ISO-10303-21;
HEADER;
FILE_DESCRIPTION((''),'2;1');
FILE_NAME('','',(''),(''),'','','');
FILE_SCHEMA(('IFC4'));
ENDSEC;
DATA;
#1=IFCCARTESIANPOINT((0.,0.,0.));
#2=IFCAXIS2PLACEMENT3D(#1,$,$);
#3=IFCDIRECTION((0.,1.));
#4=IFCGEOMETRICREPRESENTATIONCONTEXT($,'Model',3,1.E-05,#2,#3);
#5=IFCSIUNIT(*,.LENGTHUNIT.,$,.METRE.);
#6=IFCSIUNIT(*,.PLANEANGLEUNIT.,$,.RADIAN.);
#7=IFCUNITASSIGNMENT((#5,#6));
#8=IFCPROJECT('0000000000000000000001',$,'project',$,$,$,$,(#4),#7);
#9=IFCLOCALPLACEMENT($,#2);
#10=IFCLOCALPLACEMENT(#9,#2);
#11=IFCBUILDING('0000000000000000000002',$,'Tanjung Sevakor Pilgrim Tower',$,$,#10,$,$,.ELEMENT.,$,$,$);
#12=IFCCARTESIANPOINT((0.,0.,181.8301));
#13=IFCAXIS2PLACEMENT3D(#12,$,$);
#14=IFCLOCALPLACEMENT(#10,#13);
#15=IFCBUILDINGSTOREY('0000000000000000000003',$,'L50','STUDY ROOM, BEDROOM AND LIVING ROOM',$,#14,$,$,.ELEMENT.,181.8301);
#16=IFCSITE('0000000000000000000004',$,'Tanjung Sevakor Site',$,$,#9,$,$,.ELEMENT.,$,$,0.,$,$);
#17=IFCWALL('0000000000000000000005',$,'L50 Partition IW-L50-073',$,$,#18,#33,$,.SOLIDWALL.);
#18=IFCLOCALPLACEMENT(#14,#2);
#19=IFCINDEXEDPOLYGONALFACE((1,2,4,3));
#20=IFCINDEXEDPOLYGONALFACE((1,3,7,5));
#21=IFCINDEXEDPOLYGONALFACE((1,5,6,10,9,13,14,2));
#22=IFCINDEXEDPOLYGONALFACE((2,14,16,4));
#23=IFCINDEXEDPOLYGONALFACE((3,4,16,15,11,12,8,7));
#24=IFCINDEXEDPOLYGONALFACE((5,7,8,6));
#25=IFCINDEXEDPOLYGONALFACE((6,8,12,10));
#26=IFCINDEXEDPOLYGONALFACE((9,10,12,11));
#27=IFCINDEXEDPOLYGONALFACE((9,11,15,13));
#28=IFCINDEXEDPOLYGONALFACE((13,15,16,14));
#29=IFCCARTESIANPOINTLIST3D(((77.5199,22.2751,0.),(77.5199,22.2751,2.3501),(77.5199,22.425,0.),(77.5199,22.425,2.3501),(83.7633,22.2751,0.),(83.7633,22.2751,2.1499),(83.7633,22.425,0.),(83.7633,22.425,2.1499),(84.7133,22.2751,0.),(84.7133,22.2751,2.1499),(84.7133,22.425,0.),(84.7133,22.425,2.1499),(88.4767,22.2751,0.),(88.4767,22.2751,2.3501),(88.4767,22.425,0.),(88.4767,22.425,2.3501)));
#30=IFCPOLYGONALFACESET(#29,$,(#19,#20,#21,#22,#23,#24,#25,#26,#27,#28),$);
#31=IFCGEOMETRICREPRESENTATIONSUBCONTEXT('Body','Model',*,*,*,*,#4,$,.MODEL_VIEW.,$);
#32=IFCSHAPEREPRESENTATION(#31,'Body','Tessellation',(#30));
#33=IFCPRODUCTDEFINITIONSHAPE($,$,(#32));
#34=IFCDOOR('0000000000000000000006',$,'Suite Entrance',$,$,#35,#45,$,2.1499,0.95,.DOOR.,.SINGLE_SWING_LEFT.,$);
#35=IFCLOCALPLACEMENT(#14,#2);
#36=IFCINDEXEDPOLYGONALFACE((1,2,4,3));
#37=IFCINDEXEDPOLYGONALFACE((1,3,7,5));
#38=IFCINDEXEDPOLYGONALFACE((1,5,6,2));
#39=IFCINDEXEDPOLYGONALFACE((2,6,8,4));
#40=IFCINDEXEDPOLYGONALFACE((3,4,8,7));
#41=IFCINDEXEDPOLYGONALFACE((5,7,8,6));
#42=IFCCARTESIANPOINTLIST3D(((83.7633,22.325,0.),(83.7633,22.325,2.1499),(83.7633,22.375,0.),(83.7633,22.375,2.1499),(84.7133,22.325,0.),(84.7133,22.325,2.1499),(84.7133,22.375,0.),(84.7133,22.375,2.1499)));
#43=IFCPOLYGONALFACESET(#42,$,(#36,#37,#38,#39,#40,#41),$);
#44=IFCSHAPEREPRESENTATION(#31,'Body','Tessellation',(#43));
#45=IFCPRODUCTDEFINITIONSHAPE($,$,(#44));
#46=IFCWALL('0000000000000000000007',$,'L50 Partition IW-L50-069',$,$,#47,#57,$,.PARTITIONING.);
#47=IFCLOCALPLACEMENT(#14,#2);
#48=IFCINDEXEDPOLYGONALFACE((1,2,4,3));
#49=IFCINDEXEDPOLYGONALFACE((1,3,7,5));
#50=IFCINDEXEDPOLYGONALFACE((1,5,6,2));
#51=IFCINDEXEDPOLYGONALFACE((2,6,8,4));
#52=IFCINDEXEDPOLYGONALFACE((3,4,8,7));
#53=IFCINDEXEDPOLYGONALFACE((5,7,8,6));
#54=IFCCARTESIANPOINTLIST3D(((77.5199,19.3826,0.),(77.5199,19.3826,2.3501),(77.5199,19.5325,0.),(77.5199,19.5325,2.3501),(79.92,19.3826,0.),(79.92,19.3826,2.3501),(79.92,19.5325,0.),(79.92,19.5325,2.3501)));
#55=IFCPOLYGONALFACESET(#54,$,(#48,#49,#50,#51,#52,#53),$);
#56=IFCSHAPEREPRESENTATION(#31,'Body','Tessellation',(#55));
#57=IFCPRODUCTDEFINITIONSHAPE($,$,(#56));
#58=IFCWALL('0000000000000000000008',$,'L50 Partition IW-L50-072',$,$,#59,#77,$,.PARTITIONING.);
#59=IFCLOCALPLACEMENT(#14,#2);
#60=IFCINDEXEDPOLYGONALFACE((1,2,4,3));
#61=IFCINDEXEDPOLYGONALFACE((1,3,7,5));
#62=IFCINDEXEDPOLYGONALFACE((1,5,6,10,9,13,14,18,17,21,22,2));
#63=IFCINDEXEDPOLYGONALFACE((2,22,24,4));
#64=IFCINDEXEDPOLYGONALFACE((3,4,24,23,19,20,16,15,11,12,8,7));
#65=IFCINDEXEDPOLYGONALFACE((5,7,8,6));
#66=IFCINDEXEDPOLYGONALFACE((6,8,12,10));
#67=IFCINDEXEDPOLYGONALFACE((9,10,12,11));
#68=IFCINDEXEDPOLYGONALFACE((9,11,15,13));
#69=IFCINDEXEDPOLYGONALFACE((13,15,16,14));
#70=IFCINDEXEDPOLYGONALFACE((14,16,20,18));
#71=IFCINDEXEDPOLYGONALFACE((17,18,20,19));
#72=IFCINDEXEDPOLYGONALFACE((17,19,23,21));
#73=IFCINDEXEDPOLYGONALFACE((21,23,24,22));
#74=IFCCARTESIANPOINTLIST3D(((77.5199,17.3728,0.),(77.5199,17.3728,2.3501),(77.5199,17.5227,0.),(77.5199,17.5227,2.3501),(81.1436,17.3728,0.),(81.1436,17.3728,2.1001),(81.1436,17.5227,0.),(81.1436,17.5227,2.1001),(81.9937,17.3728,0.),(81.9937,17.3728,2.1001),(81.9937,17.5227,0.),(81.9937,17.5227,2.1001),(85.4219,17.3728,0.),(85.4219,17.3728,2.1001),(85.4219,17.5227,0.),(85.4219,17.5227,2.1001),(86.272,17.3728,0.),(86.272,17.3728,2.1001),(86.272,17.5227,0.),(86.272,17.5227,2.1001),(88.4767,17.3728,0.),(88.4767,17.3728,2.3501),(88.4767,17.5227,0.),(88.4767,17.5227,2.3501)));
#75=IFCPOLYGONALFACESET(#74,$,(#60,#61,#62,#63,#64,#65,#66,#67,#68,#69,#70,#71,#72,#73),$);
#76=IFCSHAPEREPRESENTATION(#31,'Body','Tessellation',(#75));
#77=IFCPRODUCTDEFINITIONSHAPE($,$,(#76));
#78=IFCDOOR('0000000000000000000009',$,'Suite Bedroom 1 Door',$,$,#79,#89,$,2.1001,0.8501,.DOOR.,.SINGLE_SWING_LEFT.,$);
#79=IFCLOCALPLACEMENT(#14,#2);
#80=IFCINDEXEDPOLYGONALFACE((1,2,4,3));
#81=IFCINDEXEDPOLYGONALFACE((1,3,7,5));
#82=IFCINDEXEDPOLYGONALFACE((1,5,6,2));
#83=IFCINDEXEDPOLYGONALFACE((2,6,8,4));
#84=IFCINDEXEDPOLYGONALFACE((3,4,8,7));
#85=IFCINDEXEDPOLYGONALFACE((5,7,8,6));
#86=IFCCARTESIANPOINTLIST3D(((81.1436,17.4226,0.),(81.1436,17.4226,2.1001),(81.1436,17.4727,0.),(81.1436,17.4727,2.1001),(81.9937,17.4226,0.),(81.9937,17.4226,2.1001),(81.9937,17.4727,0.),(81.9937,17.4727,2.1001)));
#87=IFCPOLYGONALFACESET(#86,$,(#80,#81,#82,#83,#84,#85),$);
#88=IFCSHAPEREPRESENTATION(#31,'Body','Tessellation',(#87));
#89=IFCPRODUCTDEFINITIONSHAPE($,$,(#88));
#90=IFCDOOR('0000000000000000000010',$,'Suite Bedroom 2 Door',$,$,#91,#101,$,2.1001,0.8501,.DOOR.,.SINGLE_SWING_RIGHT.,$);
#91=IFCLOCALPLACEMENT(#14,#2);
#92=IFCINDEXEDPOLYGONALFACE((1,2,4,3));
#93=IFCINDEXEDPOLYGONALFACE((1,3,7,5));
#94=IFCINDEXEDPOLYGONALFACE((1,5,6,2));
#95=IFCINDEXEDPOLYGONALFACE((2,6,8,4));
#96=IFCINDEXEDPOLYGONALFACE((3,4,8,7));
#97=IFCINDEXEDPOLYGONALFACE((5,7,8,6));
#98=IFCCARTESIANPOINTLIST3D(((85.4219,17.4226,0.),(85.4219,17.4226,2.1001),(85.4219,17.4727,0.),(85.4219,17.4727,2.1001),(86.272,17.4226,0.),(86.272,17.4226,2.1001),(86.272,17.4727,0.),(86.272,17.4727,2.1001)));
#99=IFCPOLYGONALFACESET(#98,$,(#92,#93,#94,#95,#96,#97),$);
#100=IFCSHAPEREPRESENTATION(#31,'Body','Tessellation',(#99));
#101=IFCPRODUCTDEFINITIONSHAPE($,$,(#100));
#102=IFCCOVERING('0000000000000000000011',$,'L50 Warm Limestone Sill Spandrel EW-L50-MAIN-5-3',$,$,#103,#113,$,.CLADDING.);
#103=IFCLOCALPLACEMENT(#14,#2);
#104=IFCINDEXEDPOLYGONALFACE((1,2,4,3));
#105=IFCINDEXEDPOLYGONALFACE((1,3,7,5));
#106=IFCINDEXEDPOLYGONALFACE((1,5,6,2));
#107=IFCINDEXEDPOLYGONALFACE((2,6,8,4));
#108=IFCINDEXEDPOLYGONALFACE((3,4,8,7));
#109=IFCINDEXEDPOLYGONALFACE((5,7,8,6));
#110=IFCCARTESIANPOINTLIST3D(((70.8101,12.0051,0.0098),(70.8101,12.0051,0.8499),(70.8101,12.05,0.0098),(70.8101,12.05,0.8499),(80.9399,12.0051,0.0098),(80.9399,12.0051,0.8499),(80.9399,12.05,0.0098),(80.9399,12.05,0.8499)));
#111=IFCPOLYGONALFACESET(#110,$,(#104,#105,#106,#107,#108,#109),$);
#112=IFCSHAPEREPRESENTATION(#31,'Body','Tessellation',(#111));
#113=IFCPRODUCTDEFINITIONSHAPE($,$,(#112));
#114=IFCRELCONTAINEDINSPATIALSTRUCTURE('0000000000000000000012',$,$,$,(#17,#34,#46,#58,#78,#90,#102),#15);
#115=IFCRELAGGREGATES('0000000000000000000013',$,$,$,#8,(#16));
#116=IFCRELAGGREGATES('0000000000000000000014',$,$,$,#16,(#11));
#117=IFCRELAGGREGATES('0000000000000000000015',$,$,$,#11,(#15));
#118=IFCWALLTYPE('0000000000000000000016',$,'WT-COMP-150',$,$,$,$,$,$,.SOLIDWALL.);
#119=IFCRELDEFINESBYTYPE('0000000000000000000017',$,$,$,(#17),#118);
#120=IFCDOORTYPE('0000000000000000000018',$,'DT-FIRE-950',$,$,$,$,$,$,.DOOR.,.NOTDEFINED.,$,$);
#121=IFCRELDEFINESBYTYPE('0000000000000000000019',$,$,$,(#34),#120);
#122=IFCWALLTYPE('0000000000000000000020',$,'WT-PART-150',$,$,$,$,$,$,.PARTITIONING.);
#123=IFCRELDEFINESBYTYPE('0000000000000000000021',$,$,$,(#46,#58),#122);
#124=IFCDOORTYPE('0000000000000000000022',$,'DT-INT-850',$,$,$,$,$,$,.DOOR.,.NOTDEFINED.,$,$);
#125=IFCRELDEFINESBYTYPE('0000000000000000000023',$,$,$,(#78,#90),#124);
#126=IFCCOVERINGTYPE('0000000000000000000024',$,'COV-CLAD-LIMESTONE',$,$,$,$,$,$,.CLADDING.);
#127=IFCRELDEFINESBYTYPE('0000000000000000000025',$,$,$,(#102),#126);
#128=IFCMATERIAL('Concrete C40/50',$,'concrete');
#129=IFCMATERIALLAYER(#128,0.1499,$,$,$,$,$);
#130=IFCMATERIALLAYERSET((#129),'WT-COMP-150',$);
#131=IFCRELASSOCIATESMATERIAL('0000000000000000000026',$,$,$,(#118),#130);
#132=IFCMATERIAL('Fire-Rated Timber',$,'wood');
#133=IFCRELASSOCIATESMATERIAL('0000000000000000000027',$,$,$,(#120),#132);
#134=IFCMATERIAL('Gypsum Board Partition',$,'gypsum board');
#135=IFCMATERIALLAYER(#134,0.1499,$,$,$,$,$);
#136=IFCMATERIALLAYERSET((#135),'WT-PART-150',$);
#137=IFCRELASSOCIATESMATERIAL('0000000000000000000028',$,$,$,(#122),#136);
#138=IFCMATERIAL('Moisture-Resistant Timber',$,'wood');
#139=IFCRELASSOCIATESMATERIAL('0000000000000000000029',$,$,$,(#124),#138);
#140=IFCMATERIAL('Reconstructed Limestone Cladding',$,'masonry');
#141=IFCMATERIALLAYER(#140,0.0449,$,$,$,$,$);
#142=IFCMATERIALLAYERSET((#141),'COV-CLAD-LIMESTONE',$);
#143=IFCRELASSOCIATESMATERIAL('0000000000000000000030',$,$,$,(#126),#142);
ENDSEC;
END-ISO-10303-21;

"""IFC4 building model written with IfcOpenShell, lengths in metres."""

from ifc_helpers import new_model, si_unit, direction, frame, frame_2d, origin, origin_2d, place, context, subcontext, project, spatial, rectangle, extrude, material, layer, layer_set, type_object, element, fill, save


model = new_model("IFC4")

# Units and contexts
model_context = context("Model", 3, precision=1e-05, world=origin(), true_north=direction((0.0, 1.0)))
body_context = subcontext(model_context, "Body", "Model", "MODEL_VIEW")
ifc_project = project(units=[si_unit("LENGTHUNIT", "METRE"), si_unit("PLANEANGLEUNIT", "RADIAN")], contexts=[model_context])

# Site, building, storey
site_placement = place(None, origin())
site = spatial("IfcSite", under=ifc_project, at=site_placement, Name="Tanjung Sevakor Site", CompositionType="ELEMENT", RefElevation=0.0)
building_placement = place(site_placement, origin())
building = spatial("IfcBuilding", under=site, at=building_placement, Name="Tanjung Sevakor Pilgrim Tower", CompositionType="ELEMENT")
storey_placement = place(building_placement, frame((0.0, 0.0, 181.8301)))
storey = spatial("IfcBuildingStorey", under=building, at=storey_placement, Name="L50", Description="STUDY ROOM, BEDROOM AND LIVING ROOM", CompositionType="ELEMENT", Elevation=181.8301)

# Shared definitions
ifc_material_1 = material(Name="Concrete C40/50", Category="concrete")
ifc_layer_1 = layer(ifc_material_1, 0.1499)
ifc_layer_set_1 = layer_set([ifc_layer_1], Name="WT-COMP-150")
wall_type_1 = type_object("IfcWallType", Name="WT-COMP-150", PredefinedType="SOLIDWALL", material=ifc_layer_set_1)

# Wall, opening, door
wall_1_placement = place(storey_placement, frame((77.5198, 22.3501, 0.0), z_axis=(0.0, 0.0, 1.0), x_axis=(1.0, 0.0, 0.0)))
wall_1 = element("IfcWall", 1, at=wall_1_placement, inside=storey, type_object=wall_type_1, Name="L50 Partition IW-L50-073", PredefinedType="SOLIDWALL", context=body_context, shape_type="SweptSolid", body=[
    extrude(rectangle(XDim=10.9568, YDim=0.1499, at=frame_2d((5.4785, 0.0))), origin(), (0.0, 0.0, 1.0), 2.3501),
])
opening_1_placement = place(wall_1_placement, frame((6.2434, 0.0, 0.0)))
opening_1 = element("IfcOpeningElement", 2, at=opening_1_placement, cuts=wall_1, PredefinedType="OPENING", context=body_context, shape_type="SweptSolid", body=[
    extrude(rectangle(XDim=0.95, YDim=2.1499, at=frame_2d((0.4751, 1.075))), frame((0.0, 0.085, 0.0), z_axis=(0.0, -1.0, 0.0), x_axis=(1.0, 0.0, 0.0)), (0.0, 0.0, 1.0), 0.1699),
])
ifc_material_2 = material(Name="Fire-Rated Timber", Category="wood")
door_type_1 = type_object("IfcDoorType", Name="DT-FIRE-950", OperationType="NOTDEFINED", PredefinedType="DOOR", material=ifc_material_2)
door_1_placement = place(opening_1_placement, origin())
door_1 = element("IfcDoor", 3, at=door_1_placement, inside=storey, type_object=door_type_1, Name="Suite Entrance", OperationType="SINGLE_SWING_LEFT", OverallHeight=2.1499, OverallWidth=0.95, PredefinedType="DOOR", context=body_context, shape_type="SweptSolid", body=[
    extrude(rectangle(XDim=0.95, YDim=2.1499, at=frame_2d((0.4751, 1.075))), frame((0.0, 0.0249, 0.0), z_axis=(0.0, -1.0, 0.0), x_axis=(1.0, 0.0, 0.0)), (0.0, 0.0, 1.0), 0.05),
])
fill(opening_1, door_1)

# Wall
ifc_material_3 = material(Name="Gypsum Board Partition", Category="gypsum board")
ifc_layer_2 = layer(ifc_material_3, 0.1499)
ifc_layer_set_2 = layer_set([ifc_layer_2], Name="WT-PART-150")
wall_type_2 = type_object("IfcWallType", Name="WT-PART-150", PredefinedType="PARTITIONING", material=ifc_layer_set_2)
wall_2_placement = place(storey_placement, frame((77.5198, 19.4575, 0.0), z_axis=(0.0, 0.0, 1.0), x_axis=(1.0, 0.0, 0.0)))
element("IfcWall", 4, at=wall_2_placement, inside=storey, type_object=wall_type_2, Name="L50 Partition IW-L50-069", PredefinedType="PARTITIONING", context=body_context, shape_type="SweptSolid", body=[
    extrude(rectangle(XDim=2.4001, YDim=0.1499, at=frame_2d((1.2002, 0.0))), origin(), (0.0, 0.0, 1.0), 2.3501),
])

# Wall, openings, doors
wall_3_placement = place(storey_placement, frame((77.5198, 17.4478, 0.0), z_axis=(0.0, 0.0, 1.0), x_axis=(1.0, 0.0, 0.0)))
wall_3 = element("IfcWall", 5, at=wall_3_placement, inside=storey, type_object=wall_type_2, Name="L50 Partition IW-L50-072", PredefinedType="PARTITIONING", context=body_context, shape_type="SweptSolid", body=[
    extrude(rectangle(XDim=10.9568, YDim=0.1499, at=frame_2d((5.4785, 0.0))), origin(), (0.0, 0.0, 1.0), 2.3501),
])
opening_2_placement = place(wall_3_placement, frame((3.6238, 0.0, 0.0)))
opening_2 = element("IfcOpeningElement", 6, at=opening_2_placement, cuts=wall_3, PredefinedType="OPENING", context=body_context, shape_type="SweptSolid", body=[
    extrude(rectangle(XDim=0.8501, YDim=2.1001, at=frame_2d((0.425, 1.05))), frame((0.0, 0.085, 0.0), z_axis=(0.0, -1.0, 0.0), x_axis=(1.0, 0.0, 0.0)), (0.0, 0.0, 1.0), 0.1699),
])
opening_3_placement = place(wall_3_placement, frame((7.9021, 0.0, 0.0)))
opening_3 = element("IfcOpeningElement", 7, at=opening_3_placement, cuts=wall_3, PredefinedType="OPENING", context=body_context, shape_type="SweptSolid", body=[
    extrude(rectangle(XDim=0.8501, YDim=2.1001, at=frame_2d((0.425, 1.05))), frame((0.0, 0.085, 0.0), z_axis=(0.0, -1.0, 0.0), x_axis=(1.0, 0.0, 0.0)), (0.0, 0.0, 1.0), 0.1699),
])
ifc_material_4 = material(Name="Moisture-Resistant Timber", Category="wood")
door_type_2 = type_object("IfcDoorType", Name="DT-INT-850", OperationType="NOTDEFINED", PredefinedType="DOOR", material=ifc_material_4)
door_2_placement = place(opening_2_placement, origin())
door_2 = element("IfcDoor", 8, at=door_2_placement, inside=storey, type_object=door_type_2, Name="Suite Bedroom 1 Door", OperationType="SINGLE_SWING_LEFT", OverallHeight=2.1001, OverallWidth=0.8501, PredefinedType="DOOR", context=body_context, shape_type="SweptSolid", body=[
    extrude(rectangle(XDim=0.8501, YDim=2.1001, at=frame_2d((0.425, 1.05))), frame((0.0, 0.0249, 0.0), z_axis=(0.0, -1.0, 0.0), x_axis=(1.0, 0.0, 0.0)), (0.0, 0.0, 1.0), 0.05),
])
fill(opening_2, door_2)
door_3_placement = place(opening_3_placement, origin())
door_3 = element("IfcDoor", 9, at=door_3_placement, inside=storey, type_object=door_type_2, Name="Suite Bedroom 2 Door", OperationType="SINGLE_SWING_RIGHT", OverallHeight=2.1001, OverallWidth=0.8501, PredefinedType="DOOR", context=body_context, shape_type="SweptSolid", body=[
    extrude(rectangle(XDim=0.8501, YDim=2.1001, at=frame_2d((0.425, 1.05))), frame((0.0, 0.0249, 0.0), z_axis=(0.0, -1.0, 0.0), x_axis=(1.0, 0.0, 0.0)), (0.0, 0.0, 1.0), 0.05),
])
fill(opening_3, door_3)

# Covering
ifc_material_5 = material(Name="Reconstructed Limestone Cladding", Category="masonry")
ifc_layer_3 = layer(ifc_material_5, 0.0449)
ifc_layer_set_3 = layer_set([ifc_layer_3], Name="COV-CLAD-LIMESTONE")
covering_type = type_object("IfcCoveringType", Name="COV-CLAD-LIMESTONE", PredefinedType="CLADDING", material=ifc_layer_set_3)
covering_placement = place(storey_placement, frame((75.875, 12.0276, 0.0098), z_axis=(0.0, 0.0, 1.0), x_axis=(1.0, 0.0, 0.0)))
element("IfcCovering", 10, at=covering_placement, inside=storey, type_object=covering_type, Name="L50 Warm Limestone Sill Spandrel EW-L50-MAIN-5-3", PredefinedType="CLADDING", context=body_context, shape_type="SweptSolid", body=[
    extrude(rectangle(XDim=10.1299, YDim=0.0449, at=origin_2d()), origin(), (0.0, 0.0, 1.0), 0.8401),
])

save(model, "model.ifc")
